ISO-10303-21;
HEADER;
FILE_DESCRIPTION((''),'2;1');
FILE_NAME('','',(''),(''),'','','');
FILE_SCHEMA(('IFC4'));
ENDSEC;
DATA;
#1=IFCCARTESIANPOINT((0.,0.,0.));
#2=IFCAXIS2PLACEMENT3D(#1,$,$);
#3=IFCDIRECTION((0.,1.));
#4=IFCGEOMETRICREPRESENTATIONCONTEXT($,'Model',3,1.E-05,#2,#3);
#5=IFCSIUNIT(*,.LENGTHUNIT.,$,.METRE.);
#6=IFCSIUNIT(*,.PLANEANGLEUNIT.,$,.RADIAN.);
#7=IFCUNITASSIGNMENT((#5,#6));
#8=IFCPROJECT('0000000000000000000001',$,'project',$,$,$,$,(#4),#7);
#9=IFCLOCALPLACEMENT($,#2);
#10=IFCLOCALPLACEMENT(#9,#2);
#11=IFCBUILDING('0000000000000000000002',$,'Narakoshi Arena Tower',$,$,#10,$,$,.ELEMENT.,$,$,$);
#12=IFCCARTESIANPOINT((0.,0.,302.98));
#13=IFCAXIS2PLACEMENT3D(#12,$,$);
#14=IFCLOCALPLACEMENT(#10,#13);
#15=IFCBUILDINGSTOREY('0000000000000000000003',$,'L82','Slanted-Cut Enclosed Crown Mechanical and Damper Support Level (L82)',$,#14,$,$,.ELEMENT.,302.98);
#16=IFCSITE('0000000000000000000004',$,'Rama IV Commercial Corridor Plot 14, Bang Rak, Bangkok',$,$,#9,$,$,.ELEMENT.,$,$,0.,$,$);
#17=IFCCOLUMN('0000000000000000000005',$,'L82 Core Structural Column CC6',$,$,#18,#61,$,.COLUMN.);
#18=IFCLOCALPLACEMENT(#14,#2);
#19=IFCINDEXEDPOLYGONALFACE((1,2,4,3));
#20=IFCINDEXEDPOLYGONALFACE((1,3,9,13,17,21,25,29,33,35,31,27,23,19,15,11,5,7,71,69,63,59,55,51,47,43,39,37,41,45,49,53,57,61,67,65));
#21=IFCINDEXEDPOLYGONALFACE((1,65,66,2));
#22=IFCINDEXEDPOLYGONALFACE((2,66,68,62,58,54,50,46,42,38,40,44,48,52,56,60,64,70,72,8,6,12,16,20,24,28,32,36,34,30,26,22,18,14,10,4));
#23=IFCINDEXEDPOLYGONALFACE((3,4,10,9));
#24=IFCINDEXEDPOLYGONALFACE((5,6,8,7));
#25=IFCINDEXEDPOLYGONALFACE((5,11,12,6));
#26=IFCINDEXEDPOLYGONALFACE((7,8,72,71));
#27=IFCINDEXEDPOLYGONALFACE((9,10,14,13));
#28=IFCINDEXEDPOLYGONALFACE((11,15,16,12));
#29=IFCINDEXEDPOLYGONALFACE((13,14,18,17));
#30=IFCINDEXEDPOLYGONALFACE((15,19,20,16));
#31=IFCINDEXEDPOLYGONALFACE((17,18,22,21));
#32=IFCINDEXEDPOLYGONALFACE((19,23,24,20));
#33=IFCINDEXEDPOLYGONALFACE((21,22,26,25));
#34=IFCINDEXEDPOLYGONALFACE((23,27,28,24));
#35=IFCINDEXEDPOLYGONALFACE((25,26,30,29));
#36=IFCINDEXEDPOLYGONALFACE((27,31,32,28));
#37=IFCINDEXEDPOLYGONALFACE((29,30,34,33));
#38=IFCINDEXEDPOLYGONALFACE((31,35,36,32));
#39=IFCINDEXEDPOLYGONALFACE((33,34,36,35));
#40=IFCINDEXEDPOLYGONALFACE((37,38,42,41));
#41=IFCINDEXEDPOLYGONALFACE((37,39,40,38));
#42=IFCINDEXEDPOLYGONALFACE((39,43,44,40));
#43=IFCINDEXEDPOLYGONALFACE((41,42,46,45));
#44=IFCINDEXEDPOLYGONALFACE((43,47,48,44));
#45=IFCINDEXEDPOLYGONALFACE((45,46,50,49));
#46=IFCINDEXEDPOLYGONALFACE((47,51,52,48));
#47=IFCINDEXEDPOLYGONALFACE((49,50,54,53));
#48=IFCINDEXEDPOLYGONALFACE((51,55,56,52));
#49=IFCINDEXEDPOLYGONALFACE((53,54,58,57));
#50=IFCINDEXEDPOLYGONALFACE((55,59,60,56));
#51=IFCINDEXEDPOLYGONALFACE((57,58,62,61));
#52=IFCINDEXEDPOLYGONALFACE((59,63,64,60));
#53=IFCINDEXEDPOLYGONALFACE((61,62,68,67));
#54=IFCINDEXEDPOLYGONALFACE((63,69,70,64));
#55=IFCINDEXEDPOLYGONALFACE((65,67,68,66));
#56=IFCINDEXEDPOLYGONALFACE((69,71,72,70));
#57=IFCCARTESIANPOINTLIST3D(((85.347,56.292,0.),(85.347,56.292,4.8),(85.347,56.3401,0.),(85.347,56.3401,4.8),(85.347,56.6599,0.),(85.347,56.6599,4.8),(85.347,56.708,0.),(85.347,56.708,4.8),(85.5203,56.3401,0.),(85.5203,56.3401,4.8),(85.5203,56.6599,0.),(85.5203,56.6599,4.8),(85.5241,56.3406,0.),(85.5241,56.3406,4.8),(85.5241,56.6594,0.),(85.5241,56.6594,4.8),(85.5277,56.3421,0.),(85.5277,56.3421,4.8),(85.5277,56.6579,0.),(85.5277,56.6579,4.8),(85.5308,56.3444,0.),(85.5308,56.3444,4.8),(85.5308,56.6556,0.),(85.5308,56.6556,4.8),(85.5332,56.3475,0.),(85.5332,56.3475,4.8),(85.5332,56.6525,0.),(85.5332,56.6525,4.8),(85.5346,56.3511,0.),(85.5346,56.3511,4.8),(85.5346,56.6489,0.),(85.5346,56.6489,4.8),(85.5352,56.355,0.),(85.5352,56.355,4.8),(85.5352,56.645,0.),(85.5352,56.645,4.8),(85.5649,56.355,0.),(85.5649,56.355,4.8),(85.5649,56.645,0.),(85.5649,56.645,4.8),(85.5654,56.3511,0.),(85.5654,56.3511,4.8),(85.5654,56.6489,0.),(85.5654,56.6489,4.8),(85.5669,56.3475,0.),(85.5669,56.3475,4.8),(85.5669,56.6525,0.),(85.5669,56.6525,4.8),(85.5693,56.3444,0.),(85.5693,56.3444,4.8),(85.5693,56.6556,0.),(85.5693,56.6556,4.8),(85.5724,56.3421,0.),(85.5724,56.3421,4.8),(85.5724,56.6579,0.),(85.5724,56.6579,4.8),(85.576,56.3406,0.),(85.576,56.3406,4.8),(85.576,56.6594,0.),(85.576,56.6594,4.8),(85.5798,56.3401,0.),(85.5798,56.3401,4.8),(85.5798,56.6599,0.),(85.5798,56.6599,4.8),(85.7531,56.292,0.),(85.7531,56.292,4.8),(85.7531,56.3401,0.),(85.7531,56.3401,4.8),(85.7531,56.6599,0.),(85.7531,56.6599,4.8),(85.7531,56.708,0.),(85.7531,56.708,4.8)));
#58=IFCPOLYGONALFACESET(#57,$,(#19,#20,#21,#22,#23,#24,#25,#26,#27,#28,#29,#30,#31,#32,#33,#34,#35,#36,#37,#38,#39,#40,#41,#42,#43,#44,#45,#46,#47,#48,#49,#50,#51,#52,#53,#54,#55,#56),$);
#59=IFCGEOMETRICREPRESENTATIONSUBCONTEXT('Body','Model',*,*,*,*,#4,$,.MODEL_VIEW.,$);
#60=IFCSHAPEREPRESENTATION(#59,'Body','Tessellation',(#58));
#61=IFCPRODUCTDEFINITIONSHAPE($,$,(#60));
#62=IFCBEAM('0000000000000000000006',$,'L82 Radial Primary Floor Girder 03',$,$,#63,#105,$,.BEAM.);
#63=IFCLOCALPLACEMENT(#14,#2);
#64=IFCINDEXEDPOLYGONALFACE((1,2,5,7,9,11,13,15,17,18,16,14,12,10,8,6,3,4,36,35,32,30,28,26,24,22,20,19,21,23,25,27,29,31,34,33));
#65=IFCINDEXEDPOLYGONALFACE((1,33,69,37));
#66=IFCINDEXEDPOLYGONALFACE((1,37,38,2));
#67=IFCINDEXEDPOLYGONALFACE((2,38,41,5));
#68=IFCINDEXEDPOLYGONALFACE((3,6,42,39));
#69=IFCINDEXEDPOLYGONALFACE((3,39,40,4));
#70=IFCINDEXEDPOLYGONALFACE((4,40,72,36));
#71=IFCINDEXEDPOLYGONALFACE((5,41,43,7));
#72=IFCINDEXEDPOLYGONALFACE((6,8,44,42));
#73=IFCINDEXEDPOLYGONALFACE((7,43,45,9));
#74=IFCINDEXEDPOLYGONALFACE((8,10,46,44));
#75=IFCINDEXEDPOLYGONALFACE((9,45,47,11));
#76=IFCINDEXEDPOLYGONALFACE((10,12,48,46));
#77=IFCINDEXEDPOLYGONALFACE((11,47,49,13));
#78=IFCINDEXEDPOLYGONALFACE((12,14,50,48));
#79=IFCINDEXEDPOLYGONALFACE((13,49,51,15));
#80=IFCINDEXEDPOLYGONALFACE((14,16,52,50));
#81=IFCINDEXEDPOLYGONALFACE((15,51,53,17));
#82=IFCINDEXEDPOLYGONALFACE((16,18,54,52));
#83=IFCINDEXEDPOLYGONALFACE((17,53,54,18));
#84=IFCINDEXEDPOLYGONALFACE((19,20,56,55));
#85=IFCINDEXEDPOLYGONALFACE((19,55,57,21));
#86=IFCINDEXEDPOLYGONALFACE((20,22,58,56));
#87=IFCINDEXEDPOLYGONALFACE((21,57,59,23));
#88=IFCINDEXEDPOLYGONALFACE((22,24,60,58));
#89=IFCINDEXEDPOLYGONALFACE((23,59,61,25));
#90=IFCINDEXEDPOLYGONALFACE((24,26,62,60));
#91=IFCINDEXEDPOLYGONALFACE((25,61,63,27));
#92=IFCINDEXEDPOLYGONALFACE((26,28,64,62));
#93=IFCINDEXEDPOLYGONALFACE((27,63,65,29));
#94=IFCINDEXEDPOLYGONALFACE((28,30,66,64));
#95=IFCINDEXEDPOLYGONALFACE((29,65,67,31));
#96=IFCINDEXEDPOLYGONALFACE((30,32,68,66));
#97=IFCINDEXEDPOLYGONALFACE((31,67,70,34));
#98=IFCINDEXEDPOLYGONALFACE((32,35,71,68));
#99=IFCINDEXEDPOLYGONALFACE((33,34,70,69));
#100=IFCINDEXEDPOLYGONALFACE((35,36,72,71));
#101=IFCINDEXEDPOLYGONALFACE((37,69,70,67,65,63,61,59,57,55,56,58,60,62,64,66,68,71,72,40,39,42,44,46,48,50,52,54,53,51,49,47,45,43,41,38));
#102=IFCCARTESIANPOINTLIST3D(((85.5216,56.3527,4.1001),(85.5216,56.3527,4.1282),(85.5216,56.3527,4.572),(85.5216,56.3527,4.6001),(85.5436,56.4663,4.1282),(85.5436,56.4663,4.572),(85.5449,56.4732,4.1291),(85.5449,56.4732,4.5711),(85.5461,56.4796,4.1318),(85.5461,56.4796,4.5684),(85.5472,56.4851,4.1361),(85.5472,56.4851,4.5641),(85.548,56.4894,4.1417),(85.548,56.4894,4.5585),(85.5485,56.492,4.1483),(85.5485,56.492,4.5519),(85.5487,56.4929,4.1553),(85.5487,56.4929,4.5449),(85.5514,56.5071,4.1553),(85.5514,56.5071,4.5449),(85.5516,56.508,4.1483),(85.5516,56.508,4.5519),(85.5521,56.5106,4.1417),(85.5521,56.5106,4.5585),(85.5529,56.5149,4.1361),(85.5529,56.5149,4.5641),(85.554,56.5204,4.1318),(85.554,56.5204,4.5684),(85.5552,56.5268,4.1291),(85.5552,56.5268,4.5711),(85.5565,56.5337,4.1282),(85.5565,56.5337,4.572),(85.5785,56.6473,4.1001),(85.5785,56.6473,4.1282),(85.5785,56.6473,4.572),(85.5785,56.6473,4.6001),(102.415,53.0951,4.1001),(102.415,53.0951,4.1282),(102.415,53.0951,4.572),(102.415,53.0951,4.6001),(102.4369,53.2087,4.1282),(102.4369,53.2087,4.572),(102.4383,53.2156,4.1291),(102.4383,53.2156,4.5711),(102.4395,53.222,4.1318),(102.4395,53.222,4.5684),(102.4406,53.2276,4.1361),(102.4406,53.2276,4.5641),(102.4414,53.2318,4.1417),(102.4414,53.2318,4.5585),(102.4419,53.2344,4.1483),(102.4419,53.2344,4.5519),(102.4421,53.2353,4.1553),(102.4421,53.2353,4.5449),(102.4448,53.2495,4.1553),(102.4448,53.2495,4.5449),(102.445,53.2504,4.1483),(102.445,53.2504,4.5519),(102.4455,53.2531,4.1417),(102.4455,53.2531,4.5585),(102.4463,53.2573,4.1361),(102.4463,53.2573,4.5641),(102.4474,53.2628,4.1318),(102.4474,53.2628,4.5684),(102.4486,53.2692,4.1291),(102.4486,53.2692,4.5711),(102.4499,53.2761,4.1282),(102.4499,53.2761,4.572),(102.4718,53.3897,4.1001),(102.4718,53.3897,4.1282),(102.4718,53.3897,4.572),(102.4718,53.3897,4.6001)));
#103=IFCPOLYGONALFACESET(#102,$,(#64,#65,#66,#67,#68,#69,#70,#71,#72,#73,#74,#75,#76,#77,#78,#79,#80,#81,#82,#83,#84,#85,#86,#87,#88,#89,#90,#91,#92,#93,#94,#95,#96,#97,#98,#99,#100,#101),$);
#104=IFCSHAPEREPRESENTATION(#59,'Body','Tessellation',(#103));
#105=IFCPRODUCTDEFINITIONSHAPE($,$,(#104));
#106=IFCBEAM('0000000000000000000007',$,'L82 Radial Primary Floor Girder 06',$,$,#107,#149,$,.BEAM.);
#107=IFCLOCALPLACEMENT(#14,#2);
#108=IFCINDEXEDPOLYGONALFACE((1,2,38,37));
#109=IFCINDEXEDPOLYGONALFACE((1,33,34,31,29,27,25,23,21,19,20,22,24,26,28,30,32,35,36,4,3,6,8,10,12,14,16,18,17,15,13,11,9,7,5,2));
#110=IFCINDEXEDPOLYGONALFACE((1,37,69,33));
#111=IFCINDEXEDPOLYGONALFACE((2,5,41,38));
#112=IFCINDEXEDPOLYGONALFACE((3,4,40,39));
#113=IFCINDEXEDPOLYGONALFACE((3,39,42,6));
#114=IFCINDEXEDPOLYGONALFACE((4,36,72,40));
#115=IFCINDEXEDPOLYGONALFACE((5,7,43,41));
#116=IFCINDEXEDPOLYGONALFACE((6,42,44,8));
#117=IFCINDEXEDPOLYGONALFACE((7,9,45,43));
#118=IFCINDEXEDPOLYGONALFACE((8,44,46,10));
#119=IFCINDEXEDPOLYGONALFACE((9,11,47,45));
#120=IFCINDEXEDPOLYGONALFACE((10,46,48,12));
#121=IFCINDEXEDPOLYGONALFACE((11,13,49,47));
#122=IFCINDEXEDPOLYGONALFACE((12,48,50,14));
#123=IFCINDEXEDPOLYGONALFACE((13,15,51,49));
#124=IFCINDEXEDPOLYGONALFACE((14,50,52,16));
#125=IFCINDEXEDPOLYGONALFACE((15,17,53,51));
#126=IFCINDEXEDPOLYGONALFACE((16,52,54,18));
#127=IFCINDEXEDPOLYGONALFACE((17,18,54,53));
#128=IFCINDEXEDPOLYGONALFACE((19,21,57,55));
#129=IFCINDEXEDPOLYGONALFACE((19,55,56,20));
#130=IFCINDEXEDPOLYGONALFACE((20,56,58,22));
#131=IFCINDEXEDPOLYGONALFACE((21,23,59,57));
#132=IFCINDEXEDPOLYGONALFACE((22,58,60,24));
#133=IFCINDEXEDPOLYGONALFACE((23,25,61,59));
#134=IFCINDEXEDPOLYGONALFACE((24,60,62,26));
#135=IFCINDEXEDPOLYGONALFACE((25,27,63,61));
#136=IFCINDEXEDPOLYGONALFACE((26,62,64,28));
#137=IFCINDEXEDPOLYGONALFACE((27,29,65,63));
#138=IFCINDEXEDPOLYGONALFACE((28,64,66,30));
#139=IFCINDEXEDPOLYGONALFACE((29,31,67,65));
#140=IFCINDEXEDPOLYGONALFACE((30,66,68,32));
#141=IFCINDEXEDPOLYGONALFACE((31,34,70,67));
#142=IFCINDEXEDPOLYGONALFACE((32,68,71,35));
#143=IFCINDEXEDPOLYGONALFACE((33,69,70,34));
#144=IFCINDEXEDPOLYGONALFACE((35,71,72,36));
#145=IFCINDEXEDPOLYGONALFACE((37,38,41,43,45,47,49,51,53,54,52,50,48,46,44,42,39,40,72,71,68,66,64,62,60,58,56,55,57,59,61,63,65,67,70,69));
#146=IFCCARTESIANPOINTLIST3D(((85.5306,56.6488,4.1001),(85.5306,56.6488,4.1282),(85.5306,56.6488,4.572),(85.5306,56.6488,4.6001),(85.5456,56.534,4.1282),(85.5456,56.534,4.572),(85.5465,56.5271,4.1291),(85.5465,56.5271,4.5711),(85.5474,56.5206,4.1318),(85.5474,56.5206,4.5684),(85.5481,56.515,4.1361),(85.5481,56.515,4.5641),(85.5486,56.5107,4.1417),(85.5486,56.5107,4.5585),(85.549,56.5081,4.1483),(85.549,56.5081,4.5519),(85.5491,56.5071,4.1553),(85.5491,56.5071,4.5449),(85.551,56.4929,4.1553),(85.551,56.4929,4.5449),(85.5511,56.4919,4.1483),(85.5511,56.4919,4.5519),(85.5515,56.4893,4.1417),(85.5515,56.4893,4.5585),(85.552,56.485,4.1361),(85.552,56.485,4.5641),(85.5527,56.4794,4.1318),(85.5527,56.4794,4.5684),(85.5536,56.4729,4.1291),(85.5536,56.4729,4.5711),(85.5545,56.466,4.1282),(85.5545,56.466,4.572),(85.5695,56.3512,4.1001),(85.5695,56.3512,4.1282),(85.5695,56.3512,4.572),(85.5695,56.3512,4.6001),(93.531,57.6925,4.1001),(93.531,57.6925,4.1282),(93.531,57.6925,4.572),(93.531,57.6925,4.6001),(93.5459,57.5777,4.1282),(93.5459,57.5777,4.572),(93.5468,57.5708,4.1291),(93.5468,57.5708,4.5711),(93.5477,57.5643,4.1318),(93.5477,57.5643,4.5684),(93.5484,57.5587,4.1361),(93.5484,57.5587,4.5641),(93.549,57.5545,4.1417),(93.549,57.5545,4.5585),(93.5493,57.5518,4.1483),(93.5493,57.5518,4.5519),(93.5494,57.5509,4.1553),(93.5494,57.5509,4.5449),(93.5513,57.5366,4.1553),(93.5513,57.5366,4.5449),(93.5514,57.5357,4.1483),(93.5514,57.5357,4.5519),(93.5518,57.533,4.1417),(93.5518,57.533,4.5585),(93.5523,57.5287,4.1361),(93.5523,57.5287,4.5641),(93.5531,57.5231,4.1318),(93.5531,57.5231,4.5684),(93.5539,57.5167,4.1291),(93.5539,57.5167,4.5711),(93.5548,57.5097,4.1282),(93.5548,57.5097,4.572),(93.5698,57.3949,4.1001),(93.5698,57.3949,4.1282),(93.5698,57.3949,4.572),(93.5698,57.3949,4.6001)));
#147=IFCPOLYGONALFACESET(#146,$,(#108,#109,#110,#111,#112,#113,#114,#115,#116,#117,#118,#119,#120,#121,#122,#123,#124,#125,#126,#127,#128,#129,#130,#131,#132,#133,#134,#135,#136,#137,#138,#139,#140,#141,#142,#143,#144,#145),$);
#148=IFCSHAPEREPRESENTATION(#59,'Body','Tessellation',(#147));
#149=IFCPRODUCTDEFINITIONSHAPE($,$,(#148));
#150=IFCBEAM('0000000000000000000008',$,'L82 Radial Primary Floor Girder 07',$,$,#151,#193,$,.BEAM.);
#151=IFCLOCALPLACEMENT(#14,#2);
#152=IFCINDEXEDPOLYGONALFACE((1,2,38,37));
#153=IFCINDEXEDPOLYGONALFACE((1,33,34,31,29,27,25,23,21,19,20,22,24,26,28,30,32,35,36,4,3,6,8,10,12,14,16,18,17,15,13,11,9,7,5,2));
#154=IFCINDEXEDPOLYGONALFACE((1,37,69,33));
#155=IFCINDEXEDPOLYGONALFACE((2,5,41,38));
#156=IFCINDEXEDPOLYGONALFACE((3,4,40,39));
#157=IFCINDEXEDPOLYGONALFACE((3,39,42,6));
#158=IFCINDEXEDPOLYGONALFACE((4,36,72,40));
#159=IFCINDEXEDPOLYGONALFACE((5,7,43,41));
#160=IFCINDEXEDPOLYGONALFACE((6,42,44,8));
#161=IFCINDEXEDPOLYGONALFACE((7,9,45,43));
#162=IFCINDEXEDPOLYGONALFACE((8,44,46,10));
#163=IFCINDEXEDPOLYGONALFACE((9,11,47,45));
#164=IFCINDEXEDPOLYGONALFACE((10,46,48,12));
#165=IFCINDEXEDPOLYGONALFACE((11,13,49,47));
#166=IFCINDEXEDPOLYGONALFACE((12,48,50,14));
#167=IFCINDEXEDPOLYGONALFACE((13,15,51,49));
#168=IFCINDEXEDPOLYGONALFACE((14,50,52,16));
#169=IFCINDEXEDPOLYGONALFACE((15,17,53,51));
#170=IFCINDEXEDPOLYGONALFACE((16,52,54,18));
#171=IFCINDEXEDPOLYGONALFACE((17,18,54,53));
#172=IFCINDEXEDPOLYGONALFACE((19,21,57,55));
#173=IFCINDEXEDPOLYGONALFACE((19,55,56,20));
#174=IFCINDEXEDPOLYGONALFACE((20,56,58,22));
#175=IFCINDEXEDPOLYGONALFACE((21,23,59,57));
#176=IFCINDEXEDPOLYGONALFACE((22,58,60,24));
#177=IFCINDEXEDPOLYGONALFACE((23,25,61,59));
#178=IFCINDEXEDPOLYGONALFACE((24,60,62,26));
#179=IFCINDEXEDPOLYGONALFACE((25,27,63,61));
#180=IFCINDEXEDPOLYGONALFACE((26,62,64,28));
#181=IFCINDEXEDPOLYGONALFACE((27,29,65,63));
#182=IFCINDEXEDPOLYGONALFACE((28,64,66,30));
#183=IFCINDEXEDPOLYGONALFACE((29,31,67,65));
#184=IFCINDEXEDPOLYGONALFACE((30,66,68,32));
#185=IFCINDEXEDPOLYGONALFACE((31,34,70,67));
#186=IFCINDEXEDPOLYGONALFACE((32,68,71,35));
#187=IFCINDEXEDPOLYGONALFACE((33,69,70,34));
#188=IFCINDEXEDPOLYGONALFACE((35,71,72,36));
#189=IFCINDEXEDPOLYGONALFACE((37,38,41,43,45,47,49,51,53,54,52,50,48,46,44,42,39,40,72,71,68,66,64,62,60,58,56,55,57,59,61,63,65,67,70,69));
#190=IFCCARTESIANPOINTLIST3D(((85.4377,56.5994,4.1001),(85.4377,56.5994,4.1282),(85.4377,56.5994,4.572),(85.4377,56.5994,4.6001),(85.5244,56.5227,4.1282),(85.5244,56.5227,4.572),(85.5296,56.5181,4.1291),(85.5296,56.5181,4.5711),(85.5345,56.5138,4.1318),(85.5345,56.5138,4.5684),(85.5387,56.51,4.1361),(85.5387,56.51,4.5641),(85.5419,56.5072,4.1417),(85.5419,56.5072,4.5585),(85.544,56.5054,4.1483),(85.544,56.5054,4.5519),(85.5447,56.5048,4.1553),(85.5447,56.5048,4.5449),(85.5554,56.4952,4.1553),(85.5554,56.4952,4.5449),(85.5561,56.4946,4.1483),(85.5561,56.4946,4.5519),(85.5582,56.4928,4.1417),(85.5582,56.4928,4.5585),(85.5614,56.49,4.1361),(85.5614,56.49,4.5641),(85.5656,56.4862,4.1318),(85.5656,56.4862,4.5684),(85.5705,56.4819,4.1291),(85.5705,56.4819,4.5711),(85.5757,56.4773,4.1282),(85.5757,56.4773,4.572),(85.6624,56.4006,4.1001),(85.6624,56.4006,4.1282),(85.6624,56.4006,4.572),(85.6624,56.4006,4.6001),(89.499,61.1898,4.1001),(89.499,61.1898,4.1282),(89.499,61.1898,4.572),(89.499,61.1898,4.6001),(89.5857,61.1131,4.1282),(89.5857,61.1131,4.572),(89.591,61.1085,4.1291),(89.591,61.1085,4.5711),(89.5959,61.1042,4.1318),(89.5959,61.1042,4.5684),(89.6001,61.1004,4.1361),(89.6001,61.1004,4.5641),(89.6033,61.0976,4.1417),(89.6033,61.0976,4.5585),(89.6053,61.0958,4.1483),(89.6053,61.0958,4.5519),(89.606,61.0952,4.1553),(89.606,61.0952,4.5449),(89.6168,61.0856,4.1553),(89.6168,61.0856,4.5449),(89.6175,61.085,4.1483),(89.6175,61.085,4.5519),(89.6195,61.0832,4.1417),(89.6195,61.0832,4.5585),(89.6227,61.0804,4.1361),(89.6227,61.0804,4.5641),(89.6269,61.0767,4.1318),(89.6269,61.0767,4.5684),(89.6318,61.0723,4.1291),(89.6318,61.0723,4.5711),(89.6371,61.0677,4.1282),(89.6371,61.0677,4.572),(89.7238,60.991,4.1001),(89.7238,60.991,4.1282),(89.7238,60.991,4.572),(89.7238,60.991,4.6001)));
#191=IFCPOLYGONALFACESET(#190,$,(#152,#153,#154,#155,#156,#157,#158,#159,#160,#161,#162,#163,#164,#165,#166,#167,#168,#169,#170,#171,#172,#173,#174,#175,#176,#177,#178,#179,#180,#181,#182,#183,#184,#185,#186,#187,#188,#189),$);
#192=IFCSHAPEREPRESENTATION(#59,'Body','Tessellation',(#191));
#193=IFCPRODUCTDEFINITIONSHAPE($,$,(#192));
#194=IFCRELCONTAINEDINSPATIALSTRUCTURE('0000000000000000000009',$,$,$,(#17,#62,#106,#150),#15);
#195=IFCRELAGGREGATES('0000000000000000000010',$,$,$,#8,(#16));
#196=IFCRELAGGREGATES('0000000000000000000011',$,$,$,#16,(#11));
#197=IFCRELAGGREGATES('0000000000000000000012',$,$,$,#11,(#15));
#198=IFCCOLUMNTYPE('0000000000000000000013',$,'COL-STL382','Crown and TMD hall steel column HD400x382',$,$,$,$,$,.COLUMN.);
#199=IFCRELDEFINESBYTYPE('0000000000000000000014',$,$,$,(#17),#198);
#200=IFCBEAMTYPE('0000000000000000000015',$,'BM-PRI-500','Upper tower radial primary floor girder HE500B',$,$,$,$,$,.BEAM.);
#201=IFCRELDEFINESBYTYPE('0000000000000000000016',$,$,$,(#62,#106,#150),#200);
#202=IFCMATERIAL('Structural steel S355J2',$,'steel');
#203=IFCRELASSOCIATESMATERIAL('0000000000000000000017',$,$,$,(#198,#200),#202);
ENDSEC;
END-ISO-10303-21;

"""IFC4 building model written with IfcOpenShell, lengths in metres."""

from ifc_helpers import new_model, si_unit, direction, frame, origin, origin_2d, place, context, subcontext, project, spatial, i_section, extrude, material, material_profile, profile_set, type_object, element, save


model = new_model("IFC4")

# Units and contexts
model_context = context("Model", 3, precision=1e-05, world=origin(), true_north=direction((0.0, 1.0)))
body_context = subcontext(model_context, "Body", "Model", "MODEL_VIEW")
ifc_project = project(units=[si_unit("LENGTHUNIT", "METRE"), si_unit("PLANEANGLEUNIT", "RADIAN")], contexts=[model_context])

# Site, building, storey
site_placement = place(None, origin())
site = spatial("IfcSite", under=ifc_project, at=site_placement, Name="Rama IV Commercial Corridor Plot 14, Bang Rak, Bangkok", CompositionType="ELEMENT", RefElevation=0.0)
building_placement = place(site_placement, origin())
building = spatial("IfcBuilding", under=site, at=building_placement, Name="Narakoshi Arena Tower", CompositionType="ELEMENT")
storey_placement = place(building_placement, frame((0.0, 0.0, 302.98)))
storey = spatial("IfcBuildingStorey", under=building, at=storey_placement, Name="L82", Description="Slanted-Cut Enclosed Crown Mechanical and Damper Support Level (L82)", CompositionType="ELEMENT", Elevation=302.98)

# Column
ifc_material_1 = material(Name="Structural steel S355J2", Category="steel")
ifc_material_profile_1 = material_profile(ifc_material_1, i_section(OverallWidth=0.406, OverallDepth=0.416, WebThickness=0.0298, FlangeThickness=0.0481, FilletRadius=0.0149, at=origin_2d()), Name="HD400x382")
ifc_profile_set_1 = profile_set([ifc_material_profile_1], Name="Structural steel S355J2")
column_type = type_object("IfcColumnType", Name="COL-STL382", Description="Crown and TMD hall steel column HD400x382", PredefinedType="COLUMN", material=ifc_profile_set_1)
column_placement = place(storey_placement, frame((85.55, 56.5, 0.0), z_axis=(0.0, 0.0, 1.0), x_axis=(1.0, 0.0, 0.0)))
element("IfcColumn", 1, at=column_placement, inside=storey, type_object=column_type, Name="L82 Core Structural Column CC6", PredefinedType="COLUMN", context=body_context, shape_type="SweptSolid", body=[
    extrude(i_section(OverallWidth=0.406, OverallDepth=0.416, WebThickness=0.0298, FlangeThickness=0.0481, FilletRadius=0.0149, at=origin_2d()), origin(), (0.0, 0.0, 1.0), 4.8),
])

# Beams
ifc_material_profile_2 = material_profile(ifc_material_1, i_section(OverallWidth=0.3, OverallDepth=0.5, WebThickness=0.0144, FlangeThickness=0.0281, FilletRadius=0.0271, at=origin_2d()), Name="HE500B")
ifc_profile_set_2 = profile_set([ifc_material_profile_2], Name="Structural steel S355J2")
beam_type = type_object("IfcBeamType", Name="BM-PRI-500", Description="Upper tower radial primary floor girder HE500B", PredefinedType="BEAM", material=ifc_profile_set_2)
beam_1_placement = place(storey_placement, frame((85.55, 56.5, 4.3501), z_axis=(0.981911, -0.189344, 0.0), x_axis=(0.189344, 0.981911, 0.0)))
element("IfcBeam", 2, at=beam_1_placement, inside=storey, type_object=beam_type, Name="L82 Radial Primary Floor Girder 03", PredefinedType="BEAM", context=body_context, shape_type="SweptSolid", body=[
    extrude(i_section(OverallWidth=0.3, OverallDepth=0.5, WebThickness=0.0144, FlangeThickness=0.0281, FilletRadius=0.0271, at=origin_2d()), origin(), (0.0, 0.0, 1.0), 17.2046),
])
beam_2_placement = place(storey_placement, frame((85.55, 56.5, 4.3501), z_axis=(0.991597, 0.129362, 0.0), x_axis=(-0.129362, 0.991597, 0.0)))
element("IfcBeam", 3, at=beam_2_placement, inside=storey, type_object=beam_type, Name="L82 Radial Primary Floor Girder 06", PredefinedType="BEAM", context=body_context, shape_type="SweptSolid", body=[
    extrude(i_section(OverallWidth=0.3, OverallDepth=0.5, WebThickness=0.0144, FlangeThickness=0.0281, FilletRadius=0.0271, at=origin_2d()), origin(), (0.0, 0.0, 1.0), 8.0681),
])
beam_3_placement = place(storey_placement, frame((85.55, 56.5, 4.3501), z_axis=(0.662629, 0.748948, 0.0), x_axis=(-0.748948, 0.662629, 0.0)))
element("IfcBeam", 4, at=beam_3_placement, inside=storey, type_object=beam_type, Name="L82 Radial Primary Floor Girder 07", PredefinedType="BEAM", context=body_context, shape_type="SweptSolid", body=[
    extrude(i_section(OverallWidth=0.3, OverallDepth=0.5, WebThickness=0.0144, FlangeThickness=0.0281, FilletRadius=0.0271, at=origin_2d()), origin(), (0.0, 0.0, 1.0), 6.1292),
])

save(model, "model.ifc")
